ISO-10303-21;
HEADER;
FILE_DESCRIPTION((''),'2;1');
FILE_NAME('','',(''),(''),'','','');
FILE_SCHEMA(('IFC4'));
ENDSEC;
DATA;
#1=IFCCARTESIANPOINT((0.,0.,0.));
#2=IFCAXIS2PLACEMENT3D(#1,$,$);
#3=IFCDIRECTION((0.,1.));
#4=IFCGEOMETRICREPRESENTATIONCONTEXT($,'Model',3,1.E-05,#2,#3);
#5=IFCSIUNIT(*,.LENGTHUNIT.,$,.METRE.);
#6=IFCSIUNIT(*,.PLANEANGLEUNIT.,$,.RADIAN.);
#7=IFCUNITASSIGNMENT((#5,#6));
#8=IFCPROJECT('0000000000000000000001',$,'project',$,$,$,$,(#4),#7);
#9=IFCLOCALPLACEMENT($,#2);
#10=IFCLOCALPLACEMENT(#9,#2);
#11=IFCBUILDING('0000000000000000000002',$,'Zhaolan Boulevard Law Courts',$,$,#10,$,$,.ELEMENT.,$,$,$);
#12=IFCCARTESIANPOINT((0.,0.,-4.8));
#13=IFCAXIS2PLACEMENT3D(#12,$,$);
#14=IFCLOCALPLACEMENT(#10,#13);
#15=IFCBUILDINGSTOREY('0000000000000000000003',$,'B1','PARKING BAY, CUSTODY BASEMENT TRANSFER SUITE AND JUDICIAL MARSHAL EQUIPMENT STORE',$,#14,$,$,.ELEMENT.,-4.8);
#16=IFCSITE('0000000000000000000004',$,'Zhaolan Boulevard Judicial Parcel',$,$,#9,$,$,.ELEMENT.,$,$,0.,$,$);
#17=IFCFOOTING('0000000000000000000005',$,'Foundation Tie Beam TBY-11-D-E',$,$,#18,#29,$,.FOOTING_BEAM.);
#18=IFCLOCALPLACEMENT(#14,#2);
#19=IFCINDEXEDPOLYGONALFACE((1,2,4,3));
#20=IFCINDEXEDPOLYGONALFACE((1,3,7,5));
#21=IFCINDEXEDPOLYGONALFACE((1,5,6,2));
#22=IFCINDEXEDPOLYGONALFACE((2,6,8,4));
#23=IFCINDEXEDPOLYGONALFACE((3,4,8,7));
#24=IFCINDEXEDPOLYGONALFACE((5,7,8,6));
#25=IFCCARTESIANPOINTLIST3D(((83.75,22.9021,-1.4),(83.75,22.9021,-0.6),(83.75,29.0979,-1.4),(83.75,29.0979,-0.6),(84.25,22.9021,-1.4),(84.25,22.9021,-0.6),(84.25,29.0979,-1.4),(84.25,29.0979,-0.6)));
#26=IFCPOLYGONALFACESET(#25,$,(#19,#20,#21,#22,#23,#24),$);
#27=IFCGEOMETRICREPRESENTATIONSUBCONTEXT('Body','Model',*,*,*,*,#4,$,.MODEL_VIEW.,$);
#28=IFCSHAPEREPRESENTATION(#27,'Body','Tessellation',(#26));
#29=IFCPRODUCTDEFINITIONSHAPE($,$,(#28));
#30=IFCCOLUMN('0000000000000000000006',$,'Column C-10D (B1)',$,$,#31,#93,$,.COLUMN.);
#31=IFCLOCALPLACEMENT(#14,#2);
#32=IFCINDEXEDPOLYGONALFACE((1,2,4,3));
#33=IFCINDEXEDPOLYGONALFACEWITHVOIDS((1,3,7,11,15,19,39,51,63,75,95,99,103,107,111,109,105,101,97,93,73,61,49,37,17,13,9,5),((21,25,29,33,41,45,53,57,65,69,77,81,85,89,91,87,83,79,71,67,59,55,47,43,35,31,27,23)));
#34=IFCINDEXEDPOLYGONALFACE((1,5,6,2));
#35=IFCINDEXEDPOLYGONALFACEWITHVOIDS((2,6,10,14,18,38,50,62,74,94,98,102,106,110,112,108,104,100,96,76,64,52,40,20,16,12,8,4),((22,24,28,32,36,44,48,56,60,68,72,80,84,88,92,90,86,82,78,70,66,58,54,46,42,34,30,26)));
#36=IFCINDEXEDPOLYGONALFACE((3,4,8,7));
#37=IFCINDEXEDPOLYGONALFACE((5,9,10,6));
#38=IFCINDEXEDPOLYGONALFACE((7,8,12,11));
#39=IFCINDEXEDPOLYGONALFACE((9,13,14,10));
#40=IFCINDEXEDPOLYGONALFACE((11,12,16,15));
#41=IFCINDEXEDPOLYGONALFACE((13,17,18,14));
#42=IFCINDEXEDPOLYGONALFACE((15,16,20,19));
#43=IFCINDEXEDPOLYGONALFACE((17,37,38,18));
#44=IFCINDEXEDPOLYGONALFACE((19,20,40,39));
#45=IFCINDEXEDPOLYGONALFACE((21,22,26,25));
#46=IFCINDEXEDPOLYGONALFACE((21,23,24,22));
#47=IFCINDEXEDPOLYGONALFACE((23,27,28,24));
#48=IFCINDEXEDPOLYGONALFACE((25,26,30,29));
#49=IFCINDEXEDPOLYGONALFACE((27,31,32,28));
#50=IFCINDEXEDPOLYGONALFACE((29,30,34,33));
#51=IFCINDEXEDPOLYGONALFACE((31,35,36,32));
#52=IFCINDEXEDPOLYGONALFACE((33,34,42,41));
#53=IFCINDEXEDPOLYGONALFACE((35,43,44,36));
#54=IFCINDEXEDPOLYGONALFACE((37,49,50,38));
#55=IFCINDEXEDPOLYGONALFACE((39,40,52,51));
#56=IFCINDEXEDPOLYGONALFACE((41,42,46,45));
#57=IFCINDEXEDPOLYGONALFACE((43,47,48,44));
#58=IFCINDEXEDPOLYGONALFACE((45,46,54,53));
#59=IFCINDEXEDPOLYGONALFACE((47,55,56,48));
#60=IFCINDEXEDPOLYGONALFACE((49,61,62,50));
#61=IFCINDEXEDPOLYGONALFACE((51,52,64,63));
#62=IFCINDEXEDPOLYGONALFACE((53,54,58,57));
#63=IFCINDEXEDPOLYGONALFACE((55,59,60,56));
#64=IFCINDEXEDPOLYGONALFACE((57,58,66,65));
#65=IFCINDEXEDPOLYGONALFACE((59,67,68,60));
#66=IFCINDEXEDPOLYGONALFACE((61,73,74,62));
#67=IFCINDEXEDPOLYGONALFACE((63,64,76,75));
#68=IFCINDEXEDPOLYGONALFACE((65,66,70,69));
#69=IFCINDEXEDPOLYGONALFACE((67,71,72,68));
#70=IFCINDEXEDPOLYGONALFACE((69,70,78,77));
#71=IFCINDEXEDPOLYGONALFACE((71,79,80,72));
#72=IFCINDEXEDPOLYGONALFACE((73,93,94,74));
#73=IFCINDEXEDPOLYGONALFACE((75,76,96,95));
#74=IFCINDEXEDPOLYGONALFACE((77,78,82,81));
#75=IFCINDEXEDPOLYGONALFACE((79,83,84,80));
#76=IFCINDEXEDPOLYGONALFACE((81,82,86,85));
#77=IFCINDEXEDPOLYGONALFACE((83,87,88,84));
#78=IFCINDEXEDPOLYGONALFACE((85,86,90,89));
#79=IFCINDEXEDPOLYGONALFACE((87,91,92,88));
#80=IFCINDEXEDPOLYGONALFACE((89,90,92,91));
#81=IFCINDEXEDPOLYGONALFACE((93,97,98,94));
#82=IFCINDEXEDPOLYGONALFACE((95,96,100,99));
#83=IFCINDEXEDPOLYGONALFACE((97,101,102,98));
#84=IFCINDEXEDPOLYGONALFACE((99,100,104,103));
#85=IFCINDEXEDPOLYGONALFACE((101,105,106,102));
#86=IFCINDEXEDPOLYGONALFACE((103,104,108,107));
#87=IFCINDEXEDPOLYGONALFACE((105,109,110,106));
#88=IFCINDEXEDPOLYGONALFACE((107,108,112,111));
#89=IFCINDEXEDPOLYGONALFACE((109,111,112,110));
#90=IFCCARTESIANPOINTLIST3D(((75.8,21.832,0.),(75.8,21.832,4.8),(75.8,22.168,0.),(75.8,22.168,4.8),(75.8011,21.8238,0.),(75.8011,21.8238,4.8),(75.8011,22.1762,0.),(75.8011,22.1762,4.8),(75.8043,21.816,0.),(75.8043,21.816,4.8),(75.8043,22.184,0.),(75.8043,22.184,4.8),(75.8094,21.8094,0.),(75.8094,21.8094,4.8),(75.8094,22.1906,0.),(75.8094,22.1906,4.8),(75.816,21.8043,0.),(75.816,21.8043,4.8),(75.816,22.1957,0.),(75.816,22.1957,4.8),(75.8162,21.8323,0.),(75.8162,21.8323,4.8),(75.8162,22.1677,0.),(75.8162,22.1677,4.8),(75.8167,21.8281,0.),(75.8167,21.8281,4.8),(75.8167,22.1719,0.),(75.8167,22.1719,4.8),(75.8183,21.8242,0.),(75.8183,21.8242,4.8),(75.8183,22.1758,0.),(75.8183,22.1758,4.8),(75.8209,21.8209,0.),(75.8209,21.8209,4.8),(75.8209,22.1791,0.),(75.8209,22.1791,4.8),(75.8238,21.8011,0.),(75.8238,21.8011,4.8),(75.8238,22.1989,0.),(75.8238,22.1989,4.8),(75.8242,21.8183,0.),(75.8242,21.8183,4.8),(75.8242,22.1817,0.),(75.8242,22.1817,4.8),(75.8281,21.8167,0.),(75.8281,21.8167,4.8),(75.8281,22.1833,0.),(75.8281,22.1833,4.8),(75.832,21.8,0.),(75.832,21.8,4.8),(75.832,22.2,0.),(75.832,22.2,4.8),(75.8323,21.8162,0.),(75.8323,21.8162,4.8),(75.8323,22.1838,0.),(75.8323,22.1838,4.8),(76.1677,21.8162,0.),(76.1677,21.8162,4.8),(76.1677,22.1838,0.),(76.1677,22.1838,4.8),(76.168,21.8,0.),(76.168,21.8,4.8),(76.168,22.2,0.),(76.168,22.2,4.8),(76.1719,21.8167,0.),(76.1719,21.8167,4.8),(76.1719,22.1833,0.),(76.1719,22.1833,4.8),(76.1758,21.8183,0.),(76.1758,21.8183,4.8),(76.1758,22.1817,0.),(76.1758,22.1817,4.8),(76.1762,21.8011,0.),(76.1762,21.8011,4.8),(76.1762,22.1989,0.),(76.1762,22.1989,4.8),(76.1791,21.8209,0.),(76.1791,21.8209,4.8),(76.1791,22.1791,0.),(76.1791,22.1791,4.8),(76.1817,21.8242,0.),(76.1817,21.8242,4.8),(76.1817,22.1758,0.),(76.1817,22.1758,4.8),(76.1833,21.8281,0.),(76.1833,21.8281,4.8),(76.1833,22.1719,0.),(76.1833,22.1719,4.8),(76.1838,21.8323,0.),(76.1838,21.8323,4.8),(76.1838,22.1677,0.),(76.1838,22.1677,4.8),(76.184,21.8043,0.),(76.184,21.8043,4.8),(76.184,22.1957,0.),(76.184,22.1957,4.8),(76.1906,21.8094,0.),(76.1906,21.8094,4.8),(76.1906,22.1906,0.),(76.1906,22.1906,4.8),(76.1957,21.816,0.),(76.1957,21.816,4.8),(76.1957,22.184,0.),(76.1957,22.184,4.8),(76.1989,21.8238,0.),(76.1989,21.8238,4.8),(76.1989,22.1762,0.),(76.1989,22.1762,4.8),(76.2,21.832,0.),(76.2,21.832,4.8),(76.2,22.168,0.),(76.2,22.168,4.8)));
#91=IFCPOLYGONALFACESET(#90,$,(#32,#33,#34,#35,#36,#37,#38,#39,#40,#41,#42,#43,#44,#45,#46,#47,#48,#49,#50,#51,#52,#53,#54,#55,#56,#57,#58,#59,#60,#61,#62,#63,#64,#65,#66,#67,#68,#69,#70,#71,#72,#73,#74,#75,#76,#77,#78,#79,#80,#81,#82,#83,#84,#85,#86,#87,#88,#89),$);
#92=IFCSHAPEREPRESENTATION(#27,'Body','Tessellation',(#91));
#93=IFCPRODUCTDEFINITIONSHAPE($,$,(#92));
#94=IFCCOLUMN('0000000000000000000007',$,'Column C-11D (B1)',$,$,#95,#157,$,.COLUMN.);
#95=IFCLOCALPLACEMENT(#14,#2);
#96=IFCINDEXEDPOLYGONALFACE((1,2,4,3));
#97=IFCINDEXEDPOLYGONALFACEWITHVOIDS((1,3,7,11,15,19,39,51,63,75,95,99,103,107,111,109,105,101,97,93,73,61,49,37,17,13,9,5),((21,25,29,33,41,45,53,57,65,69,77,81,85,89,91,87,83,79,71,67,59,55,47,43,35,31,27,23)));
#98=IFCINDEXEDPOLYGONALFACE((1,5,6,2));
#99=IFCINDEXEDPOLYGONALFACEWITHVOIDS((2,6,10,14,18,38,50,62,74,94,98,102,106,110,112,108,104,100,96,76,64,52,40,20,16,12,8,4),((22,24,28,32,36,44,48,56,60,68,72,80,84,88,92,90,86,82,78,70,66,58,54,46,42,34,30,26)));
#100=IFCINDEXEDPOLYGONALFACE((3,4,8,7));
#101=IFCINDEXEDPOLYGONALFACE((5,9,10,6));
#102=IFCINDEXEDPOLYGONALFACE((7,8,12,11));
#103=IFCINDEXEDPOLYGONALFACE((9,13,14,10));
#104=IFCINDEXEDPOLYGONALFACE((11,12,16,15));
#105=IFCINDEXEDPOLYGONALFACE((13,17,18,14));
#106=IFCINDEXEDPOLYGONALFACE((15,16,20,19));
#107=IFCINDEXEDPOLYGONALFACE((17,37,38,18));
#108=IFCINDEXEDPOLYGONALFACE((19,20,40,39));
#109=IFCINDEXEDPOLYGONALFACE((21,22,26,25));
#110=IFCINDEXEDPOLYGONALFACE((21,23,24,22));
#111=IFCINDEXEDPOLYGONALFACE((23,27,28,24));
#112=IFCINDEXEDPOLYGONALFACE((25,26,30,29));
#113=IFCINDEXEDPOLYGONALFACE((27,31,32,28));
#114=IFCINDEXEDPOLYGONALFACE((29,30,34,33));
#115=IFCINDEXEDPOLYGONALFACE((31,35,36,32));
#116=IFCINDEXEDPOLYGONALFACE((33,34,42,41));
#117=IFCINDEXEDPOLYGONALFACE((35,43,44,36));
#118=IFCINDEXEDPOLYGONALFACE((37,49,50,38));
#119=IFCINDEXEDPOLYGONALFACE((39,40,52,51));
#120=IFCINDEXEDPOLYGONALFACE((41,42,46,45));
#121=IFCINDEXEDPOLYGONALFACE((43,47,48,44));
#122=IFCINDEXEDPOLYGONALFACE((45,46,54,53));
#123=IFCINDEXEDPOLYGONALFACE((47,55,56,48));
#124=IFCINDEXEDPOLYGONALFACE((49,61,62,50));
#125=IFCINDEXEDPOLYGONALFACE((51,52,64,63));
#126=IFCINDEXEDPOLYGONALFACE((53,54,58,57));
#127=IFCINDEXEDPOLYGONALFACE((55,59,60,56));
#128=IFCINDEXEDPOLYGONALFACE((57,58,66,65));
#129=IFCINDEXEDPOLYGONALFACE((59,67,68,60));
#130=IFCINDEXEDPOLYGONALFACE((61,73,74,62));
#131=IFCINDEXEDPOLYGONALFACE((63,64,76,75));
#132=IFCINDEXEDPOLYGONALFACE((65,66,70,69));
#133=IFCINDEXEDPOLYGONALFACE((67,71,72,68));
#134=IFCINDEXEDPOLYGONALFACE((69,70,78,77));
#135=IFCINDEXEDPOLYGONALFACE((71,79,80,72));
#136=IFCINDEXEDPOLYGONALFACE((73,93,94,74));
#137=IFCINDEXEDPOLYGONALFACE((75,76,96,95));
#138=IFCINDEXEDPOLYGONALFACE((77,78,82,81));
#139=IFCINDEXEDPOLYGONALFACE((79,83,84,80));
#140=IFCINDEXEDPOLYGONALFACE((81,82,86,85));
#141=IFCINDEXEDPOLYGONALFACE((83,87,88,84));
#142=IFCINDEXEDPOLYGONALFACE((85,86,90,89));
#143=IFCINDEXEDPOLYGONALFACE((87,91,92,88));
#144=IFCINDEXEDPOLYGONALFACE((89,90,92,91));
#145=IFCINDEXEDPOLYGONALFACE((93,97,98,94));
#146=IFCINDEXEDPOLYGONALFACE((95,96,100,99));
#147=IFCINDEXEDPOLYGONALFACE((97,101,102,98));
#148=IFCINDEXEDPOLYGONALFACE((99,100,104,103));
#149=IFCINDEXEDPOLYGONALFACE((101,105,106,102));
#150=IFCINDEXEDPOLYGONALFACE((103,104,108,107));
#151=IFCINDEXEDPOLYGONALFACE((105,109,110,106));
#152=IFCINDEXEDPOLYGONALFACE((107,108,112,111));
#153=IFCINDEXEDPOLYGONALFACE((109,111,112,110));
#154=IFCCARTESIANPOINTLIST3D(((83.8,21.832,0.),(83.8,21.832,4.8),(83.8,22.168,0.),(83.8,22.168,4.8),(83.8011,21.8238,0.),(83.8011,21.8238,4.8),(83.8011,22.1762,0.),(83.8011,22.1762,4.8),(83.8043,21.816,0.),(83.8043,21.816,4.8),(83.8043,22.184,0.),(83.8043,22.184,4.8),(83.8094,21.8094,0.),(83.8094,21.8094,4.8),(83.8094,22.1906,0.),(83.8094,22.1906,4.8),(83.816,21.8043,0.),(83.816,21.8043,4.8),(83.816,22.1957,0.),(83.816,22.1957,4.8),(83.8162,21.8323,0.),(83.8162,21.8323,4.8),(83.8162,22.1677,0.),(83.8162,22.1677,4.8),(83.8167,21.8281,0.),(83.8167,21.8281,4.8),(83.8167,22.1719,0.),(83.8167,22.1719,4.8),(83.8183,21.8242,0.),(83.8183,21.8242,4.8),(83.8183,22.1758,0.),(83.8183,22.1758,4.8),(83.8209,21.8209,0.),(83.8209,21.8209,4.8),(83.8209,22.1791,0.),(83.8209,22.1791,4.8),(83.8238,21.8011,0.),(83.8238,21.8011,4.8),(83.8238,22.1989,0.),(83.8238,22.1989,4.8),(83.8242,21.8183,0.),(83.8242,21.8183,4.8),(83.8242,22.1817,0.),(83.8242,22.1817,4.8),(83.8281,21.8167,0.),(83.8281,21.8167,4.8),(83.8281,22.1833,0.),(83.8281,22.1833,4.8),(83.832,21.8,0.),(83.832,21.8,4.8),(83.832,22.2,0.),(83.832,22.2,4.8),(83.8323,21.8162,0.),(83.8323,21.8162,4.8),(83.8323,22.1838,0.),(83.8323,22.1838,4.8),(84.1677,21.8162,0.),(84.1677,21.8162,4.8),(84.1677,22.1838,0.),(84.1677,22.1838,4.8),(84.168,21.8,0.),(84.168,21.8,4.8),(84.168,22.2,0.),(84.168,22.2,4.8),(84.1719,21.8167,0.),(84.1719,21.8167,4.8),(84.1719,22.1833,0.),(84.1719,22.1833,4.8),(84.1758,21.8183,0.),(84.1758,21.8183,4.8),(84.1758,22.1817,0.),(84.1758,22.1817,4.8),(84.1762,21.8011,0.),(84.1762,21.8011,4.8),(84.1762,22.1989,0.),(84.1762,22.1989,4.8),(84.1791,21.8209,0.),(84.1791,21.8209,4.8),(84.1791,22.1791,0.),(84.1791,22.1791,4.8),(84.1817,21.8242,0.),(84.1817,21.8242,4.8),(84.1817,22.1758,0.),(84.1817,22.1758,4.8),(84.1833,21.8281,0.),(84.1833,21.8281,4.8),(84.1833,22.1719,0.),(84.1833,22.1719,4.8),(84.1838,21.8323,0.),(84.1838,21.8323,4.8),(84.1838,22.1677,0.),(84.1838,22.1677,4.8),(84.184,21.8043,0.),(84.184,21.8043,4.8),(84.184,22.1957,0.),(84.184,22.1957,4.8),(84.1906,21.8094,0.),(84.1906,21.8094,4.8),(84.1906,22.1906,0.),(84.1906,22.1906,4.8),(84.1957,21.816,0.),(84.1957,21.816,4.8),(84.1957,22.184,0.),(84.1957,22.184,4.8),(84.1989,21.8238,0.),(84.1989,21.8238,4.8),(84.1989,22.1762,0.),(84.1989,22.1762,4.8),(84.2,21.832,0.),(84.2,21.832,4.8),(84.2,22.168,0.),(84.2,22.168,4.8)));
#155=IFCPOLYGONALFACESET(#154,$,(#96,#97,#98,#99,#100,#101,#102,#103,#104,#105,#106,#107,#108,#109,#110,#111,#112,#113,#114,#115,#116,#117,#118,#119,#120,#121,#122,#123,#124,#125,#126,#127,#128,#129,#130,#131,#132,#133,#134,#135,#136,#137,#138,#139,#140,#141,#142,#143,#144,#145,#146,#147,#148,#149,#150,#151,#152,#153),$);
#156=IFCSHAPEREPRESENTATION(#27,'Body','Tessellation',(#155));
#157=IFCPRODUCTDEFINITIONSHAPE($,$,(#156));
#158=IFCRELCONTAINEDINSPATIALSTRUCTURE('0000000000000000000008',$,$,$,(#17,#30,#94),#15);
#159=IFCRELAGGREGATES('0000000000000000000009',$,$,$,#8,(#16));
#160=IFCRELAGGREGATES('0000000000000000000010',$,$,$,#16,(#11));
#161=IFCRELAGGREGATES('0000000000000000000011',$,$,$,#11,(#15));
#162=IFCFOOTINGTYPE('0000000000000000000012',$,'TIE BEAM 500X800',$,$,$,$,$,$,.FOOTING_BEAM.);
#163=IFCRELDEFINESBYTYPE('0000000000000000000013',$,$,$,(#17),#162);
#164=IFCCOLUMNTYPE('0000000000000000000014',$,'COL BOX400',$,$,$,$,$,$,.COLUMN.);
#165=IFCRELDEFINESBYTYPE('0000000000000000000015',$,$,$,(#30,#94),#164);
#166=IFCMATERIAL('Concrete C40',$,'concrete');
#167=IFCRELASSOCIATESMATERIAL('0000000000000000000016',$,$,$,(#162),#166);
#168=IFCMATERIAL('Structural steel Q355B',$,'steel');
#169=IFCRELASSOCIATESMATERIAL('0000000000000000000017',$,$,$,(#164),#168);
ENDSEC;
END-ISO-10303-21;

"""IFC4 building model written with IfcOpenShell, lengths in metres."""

from ifc_helpers import new_model, si_unit, direction, frame, origin, origin_2d, place, context, subcontext, project, spatial, rectangle, hollow_rectangle, extrude, material, material_profile, profile_set, type_object, element, save


model = new_model("IFC4")

# Units and contexts
model_context = context("Model", 3, precision=1e-05, world=origin(), true_north=direction((0.0, 1.0)))
body_context = subcontext(model_context, "Body", "Model", "MODEL_VIEW")
ifc_project = project(units=[si_unit("LENGTHUNIT", "METRE"), si_unit("PLANEANGLEUNIT", "RADIAN")], contexts=[model_context])

# Site, building, storey
site_placement = place(None, origin())
site = spatial("IfcSite", under=ifc_project, at=site_placement, Name="Zhaolan Boulevard Judicial Parcel", CompositionType="ELEMENT", RefElevation=0.0)
building_placement = place(site_placement, origin())
building = spatial("IfcBuilding", under=site, at=building_placement, Name="Zhaolan Boulevard Law Courts", CompositionType="ELEMENT")
storey_placement = place(building_placement, frame((0.0, 0.0, -4.8)))
storey = spatial("IfcBuildingStorey", under=building, at=storey_placement, Name="B1", Description="PARKING BAY, CUSTODY BASEMENT TRANSFER SUITE AND JUDICIAL MARSHAL EQUIPMENT STORE", CompositionType="ELEMENT", Elevation=-4.8)

# Footing
ifc_material_1 = material(Name="Concrete C40", Category="concrete")
ifc_material_profile_1 = material_profile(ifc_material_1, rectangle(XDim=0.5, YDim=0.8, at=origin_2d()), Name="RC500x800")
ifc_profile_set_1 = profile_set([ifc_material_profile_1], Name="Concrete C40")
footing_type_1 = type_object("IfcFootingType", Name="TIE BEAM 500X800", PredefinedType="FOOTING_BEAM", material=ifc_profile_set_1)
footing_1_placement = place(storey_placement, frame((84.0, 22.9021, -1.0), z_axis=(0.0, 1.0, 0.0), x_axis=(-1.0, 0.0, 0.0)))
element("IfcFooting", 1, at=footing_1_placement, inside=storey, type_object=footing_type_1, Name="Foundation Tie Beam TBY-11-D-E", PredefinedType="FOOTING_BEAM", context=body_context, shape_type="SweptSolid", body=[
    extrude(rectangle(XDim=0.5, YDim=0.8, at=origin_2d()), origin(), (0.0, 0.0, 1.0), 6.1958),
])

# Columns
ifc_material_2 = material(Name="Structural steel Q355B", Category="steel")
ifc_material_profile_2 = material_profile(ifc_material_2, hollow_rectangle(XDim=0.3999, YDim=0.3999, WallThickness=0.0161, InnerFilletRadius=0.0161, OuterFilletRadius=0.032, at=origin_2d()), Name="BOX400x400x16")
ifc_profile_set_2 = profile_set([ifc_material_profile_2], Name="Structural steel Q355B")
column_type_1 = type_object("IfcColumnType", Name="COL BOX400", PredefinedType="COLUMN", material=ifc_profile_set_2)
for number, where, z_axis, x_axis, name in (
    (2, (76.0, 22.0, 0.0), (0.0, 0.0, 1.0), (1.0, 0.0, 0.0), "Column C-10D (B1)"),
    (3, (84.0, 22.0, 0.0), (0.0, 0.0, 1.0), (1.0, 0.0, 0.0), "Column C-11D (B1)"),
):
    element("IfcColumn", number, at=place(storey_placement, frame(where, z_axis=z_axis, x_axis=x_axis)), inside=storey, type_object=column_type_1, Name=name, PredefinedType="COLUMN", context=body_context, shape_type="SweptSolid", body=[
        extrude(hollow_rectangle(XDim=0.3999, YDim=0.3999, WallThickness=0.0161, InnerFilletRadius=0.0161, OuterFilletRadius=0.032, at=origin_2d()), origin(), (0.0, 0.0, 1.0), 4.8),
    ])

save(model, "model.ifc")
